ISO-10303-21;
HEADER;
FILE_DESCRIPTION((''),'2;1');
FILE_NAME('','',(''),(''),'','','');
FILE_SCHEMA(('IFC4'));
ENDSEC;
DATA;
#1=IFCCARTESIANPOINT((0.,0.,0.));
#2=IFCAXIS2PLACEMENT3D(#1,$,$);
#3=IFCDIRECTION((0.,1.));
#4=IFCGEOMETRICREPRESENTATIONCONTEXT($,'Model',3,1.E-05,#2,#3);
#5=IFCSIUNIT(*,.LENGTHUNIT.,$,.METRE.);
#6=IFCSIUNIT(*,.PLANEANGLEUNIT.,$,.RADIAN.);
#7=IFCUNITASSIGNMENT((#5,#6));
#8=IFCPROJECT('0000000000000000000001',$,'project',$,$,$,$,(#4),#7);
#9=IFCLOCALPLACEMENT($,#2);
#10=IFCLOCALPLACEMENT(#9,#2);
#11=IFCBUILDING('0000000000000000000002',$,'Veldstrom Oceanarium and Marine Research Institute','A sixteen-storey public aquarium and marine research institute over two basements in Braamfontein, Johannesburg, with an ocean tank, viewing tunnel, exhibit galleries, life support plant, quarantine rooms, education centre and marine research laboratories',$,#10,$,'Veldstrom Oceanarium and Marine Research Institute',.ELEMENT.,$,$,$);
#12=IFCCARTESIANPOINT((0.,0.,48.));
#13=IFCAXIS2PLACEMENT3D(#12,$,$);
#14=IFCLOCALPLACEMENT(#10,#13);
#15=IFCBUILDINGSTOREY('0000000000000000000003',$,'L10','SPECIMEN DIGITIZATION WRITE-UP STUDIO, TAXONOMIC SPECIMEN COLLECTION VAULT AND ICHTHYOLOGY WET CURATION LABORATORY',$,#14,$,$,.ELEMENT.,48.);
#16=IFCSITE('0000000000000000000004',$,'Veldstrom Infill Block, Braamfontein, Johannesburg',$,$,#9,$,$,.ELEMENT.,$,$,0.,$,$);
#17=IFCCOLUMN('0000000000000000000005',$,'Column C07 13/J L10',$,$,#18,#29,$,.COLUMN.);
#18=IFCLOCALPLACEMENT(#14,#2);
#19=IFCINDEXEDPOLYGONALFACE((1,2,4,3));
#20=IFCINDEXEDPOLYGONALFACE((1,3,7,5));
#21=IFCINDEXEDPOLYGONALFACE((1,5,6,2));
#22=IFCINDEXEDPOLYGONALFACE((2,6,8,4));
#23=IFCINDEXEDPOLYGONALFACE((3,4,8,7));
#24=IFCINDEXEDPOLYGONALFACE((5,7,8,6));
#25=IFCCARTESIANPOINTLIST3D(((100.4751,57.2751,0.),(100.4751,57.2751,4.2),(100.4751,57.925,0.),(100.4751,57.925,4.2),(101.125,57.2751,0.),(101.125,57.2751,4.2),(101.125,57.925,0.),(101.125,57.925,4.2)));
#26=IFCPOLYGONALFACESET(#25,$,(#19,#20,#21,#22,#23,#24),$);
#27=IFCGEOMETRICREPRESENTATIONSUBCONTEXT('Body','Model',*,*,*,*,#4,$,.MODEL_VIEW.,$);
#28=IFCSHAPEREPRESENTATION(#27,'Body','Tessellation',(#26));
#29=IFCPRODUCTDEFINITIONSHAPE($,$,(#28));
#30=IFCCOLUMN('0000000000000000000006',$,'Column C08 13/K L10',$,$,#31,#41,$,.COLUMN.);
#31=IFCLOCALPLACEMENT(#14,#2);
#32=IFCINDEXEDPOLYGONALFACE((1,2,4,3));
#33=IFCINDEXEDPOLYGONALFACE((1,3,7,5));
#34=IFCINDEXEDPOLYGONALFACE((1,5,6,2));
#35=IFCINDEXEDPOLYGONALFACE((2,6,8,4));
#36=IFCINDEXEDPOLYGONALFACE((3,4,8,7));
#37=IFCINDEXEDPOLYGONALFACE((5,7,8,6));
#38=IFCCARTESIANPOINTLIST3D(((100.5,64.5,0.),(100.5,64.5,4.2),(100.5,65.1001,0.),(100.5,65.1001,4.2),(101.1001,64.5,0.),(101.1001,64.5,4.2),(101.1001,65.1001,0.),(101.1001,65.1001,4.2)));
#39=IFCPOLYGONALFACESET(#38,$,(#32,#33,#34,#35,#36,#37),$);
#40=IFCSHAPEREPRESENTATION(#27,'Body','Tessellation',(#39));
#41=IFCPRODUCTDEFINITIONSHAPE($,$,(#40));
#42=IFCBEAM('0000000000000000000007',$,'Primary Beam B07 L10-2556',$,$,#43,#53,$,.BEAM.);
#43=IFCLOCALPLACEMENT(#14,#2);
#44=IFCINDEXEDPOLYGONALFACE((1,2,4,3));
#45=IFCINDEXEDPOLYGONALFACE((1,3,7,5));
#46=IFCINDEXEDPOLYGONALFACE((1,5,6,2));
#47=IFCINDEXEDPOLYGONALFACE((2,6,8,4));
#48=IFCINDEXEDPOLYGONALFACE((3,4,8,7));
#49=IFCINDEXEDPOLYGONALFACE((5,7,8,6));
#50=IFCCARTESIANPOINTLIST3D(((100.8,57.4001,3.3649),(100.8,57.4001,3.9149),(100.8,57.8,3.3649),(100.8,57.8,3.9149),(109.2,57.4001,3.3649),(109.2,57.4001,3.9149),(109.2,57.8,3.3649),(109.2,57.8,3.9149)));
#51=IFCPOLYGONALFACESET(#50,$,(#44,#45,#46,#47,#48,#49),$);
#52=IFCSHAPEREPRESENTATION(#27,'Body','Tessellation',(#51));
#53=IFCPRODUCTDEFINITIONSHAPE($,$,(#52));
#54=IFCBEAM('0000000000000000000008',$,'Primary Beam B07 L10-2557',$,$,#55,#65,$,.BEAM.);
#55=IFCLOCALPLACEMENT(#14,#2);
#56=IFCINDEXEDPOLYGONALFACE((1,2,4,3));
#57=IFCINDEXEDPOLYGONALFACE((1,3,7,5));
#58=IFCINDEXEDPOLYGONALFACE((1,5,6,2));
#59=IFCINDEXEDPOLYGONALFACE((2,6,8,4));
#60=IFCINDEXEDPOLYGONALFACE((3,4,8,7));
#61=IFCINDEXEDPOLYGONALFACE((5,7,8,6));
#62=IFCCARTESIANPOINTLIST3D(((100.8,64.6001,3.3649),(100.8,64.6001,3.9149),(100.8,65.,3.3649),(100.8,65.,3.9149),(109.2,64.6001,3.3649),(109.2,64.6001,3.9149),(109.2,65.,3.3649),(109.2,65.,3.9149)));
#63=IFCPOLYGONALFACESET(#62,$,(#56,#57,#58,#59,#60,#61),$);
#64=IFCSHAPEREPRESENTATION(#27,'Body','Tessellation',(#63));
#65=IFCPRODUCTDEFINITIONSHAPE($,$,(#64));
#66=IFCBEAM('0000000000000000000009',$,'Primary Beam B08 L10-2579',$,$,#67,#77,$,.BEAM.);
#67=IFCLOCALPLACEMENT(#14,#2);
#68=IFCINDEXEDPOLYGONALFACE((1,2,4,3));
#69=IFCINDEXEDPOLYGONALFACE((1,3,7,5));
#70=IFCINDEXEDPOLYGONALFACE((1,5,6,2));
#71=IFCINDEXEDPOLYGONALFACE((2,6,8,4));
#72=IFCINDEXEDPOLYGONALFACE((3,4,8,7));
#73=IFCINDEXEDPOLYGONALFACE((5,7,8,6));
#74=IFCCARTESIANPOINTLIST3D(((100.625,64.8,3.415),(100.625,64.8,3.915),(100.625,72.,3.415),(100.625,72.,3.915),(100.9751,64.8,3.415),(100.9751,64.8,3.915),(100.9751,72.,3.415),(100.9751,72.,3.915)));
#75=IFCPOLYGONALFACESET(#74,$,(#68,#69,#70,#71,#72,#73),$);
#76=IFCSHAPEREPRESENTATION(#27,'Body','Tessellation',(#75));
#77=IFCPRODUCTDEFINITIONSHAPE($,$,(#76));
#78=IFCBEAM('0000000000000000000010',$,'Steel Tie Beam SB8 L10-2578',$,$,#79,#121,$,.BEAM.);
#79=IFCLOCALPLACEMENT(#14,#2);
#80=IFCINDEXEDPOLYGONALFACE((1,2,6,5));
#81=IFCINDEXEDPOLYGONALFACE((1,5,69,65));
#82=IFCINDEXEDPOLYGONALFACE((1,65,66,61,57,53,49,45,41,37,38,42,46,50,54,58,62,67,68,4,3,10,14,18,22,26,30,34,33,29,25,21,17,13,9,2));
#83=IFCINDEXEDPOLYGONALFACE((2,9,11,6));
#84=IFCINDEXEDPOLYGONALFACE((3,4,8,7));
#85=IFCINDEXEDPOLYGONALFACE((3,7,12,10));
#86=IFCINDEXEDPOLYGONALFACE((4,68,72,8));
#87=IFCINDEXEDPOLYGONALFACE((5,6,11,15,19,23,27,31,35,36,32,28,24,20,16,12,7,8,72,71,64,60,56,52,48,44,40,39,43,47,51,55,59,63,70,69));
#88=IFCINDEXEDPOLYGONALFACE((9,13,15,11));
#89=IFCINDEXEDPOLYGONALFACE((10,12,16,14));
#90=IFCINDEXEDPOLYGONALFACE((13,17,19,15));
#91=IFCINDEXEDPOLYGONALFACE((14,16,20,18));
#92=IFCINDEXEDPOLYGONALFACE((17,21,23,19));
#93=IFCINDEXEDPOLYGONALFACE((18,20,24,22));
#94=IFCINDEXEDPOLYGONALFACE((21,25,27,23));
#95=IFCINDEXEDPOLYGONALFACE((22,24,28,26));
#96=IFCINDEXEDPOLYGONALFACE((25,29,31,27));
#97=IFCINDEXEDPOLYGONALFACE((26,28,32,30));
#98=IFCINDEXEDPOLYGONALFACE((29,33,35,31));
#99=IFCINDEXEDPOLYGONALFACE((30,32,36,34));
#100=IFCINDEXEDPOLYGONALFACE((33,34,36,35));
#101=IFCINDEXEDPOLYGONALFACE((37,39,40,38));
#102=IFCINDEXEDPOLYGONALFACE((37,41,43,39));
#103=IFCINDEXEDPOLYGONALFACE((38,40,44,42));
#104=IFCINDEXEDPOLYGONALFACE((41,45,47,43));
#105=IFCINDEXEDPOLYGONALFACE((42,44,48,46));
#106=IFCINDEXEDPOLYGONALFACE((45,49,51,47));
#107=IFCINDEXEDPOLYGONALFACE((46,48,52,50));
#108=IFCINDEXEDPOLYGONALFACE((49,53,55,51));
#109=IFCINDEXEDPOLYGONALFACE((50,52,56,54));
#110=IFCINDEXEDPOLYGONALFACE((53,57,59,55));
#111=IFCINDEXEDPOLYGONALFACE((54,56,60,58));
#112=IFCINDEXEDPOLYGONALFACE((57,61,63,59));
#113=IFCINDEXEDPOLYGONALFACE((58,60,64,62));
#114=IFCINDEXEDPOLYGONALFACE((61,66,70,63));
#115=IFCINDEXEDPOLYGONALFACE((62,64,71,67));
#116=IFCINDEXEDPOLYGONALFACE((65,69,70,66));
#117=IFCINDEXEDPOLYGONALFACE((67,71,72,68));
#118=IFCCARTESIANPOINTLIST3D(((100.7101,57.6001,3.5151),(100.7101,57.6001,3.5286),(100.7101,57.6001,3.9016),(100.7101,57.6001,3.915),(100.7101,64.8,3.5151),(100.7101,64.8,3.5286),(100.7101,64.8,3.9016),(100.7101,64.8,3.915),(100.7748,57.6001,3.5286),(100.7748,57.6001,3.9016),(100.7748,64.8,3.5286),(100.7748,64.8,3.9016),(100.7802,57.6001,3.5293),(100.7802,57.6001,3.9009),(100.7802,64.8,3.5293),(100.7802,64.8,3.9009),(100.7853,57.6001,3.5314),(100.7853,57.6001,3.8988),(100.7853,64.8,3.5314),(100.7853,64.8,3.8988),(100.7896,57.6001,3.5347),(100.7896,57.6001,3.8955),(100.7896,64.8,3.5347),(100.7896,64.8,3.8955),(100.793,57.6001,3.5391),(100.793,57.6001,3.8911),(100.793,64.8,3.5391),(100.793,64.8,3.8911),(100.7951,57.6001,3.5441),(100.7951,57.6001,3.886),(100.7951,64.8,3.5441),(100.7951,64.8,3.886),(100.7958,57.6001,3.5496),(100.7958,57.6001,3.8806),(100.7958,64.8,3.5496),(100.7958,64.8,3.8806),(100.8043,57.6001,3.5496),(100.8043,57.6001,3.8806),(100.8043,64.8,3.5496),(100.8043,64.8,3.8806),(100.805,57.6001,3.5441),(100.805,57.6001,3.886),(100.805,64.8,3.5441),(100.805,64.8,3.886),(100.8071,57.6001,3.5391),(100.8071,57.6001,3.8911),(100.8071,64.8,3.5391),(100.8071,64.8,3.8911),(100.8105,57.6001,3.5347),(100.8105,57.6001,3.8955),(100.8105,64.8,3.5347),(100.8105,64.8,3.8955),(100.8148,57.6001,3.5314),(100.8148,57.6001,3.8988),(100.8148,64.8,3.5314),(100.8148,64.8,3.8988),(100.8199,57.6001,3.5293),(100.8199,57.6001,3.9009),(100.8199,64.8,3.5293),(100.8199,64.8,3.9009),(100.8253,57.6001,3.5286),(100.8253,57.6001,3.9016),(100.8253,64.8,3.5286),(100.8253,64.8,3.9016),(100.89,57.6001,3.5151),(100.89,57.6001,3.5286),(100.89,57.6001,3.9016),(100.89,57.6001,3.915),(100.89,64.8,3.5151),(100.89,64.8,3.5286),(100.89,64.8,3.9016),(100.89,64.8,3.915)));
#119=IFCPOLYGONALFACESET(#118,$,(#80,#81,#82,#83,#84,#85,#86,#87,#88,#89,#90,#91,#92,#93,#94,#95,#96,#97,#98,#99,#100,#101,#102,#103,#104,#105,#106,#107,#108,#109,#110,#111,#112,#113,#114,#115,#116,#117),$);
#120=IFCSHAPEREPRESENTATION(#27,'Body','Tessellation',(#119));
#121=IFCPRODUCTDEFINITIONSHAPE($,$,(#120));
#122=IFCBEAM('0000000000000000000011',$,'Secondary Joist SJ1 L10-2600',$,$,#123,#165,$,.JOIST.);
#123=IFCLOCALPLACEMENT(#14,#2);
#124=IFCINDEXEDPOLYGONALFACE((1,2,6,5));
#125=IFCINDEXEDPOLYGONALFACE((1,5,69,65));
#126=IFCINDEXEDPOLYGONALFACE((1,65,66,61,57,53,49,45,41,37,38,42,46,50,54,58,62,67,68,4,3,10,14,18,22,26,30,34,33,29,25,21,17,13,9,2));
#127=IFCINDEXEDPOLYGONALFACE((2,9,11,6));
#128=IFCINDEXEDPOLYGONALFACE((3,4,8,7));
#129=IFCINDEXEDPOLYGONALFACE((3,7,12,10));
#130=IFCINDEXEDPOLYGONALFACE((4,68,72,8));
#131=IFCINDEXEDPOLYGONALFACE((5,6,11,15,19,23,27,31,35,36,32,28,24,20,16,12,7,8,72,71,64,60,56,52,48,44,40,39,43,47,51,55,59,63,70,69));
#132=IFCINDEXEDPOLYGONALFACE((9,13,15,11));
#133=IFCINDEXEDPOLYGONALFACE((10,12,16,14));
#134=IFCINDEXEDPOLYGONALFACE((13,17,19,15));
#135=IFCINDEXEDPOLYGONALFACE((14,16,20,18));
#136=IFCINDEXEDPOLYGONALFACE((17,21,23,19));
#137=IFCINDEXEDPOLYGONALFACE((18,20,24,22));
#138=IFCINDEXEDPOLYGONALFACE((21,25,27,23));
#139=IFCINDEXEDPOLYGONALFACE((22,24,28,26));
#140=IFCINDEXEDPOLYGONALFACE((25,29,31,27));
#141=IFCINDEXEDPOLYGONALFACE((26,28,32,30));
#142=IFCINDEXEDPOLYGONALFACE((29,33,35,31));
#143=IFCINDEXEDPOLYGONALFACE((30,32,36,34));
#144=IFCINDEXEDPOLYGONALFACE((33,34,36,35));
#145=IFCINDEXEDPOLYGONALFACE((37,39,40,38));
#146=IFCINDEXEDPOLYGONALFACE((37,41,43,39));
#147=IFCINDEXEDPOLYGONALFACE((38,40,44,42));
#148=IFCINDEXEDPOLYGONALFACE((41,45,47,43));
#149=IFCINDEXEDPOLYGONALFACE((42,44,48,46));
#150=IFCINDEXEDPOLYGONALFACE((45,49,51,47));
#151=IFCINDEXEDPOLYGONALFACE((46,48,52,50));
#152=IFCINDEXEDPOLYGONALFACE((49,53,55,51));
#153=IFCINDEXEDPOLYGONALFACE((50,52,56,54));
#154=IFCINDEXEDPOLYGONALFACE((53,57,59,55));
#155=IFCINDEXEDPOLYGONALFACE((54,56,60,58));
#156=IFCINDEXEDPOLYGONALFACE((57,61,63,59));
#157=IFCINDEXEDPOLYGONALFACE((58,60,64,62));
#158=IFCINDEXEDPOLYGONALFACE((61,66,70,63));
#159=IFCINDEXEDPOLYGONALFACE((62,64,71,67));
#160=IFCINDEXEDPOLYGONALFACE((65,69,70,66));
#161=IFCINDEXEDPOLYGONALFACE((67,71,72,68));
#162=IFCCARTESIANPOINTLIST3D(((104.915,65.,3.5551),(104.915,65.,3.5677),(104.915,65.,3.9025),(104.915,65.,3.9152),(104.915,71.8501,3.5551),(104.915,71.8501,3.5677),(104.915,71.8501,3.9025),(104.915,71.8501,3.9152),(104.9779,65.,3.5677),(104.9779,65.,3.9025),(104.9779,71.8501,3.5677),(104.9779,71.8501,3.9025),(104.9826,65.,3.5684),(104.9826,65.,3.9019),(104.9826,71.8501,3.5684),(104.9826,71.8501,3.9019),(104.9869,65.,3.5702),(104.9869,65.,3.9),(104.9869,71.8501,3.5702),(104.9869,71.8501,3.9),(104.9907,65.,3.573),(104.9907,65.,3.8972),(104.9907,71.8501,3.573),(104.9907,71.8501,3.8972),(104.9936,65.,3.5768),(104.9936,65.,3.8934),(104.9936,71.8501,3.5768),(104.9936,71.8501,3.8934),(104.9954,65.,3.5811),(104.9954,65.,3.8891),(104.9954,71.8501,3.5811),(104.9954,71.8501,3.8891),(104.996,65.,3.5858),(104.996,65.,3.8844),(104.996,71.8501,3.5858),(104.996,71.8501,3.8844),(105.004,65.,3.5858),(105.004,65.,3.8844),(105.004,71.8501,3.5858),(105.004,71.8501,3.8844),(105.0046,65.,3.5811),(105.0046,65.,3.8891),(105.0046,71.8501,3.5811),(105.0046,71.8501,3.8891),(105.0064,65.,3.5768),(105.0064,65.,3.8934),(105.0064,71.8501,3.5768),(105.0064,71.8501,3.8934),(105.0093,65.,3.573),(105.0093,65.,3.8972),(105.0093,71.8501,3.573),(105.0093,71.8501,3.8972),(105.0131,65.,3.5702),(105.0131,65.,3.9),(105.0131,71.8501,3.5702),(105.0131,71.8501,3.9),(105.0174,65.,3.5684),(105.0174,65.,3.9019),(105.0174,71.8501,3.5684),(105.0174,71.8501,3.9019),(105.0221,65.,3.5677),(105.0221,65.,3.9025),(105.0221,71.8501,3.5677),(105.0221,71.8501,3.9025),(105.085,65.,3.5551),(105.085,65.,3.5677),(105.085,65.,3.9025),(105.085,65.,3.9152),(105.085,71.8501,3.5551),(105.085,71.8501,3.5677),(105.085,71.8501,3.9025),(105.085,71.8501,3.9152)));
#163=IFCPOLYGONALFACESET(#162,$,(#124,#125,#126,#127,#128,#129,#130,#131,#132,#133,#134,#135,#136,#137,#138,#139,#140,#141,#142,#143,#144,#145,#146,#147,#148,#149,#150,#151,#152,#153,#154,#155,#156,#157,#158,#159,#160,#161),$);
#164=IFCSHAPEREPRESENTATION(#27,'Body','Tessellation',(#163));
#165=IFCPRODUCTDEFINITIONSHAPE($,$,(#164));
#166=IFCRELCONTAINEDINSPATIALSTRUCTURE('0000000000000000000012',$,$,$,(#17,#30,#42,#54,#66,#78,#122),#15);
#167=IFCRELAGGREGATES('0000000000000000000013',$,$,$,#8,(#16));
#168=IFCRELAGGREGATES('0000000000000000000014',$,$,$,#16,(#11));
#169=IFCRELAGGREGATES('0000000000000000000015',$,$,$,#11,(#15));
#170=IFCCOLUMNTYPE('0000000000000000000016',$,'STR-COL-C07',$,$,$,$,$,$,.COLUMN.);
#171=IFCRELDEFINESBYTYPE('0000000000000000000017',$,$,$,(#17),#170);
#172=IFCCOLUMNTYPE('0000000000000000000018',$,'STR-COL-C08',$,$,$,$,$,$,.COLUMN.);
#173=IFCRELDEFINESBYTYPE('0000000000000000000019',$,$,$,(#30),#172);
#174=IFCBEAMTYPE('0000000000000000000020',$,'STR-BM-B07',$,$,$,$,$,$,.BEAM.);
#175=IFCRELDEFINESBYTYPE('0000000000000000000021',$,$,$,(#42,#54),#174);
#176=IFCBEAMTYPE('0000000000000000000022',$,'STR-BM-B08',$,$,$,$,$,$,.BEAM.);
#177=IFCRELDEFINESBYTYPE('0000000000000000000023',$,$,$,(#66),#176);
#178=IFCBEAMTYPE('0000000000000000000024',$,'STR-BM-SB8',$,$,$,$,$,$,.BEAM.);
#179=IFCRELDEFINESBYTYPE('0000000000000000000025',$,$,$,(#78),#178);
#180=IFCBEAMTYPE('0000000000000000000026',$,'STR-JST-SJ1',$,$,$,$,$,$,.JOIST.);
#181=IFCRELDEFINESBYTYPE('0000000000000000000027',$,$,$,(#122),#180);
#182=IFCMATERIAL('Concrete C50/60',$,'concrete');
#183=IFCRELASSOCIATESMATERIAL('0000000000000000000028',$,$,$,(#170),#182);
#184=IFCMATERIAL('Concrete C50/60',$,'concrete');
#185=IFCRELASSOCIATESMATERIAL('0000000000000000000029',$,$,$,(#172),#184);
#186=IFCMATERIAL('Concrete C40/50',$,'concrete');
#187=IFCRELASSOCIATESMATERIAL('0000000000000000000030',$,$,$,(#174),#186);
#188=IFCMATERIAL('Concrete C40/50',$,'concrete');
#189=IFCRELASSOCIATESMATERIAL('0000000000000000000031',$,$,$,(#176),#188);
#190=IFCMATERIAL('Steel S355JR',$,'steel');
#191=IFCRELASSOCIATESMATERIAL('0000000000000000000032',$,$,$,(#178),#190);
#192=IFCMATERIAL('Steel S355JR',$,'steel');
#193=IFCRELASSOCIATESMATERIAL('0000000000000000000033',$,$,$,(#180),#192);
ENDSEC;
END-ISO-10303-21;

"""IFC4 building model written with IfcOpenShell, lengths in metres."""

from ifc_helpers import new_model, si_unit, direction, frame, origin, origin_2d, place, context, subcontext, project, spatial, rectangle, i_section, extrude, material, material_profile, profile_set, type_object, element, save


model = new_model("IFC4")

# Units and contexts
model_context = context("Model", 3, precision=1e-05, world=origin(), true_north=direction((0.0, 1.0)))
body_context = subcontext(model_context, "Body", "Model", "MODEL_VIEW")
ifc_project = project(units=[si_unit("LENGTHUNIT", "METRE"), si_unit("PLANEANGLEUNIT", "RADIAN")], contexts=[model_context])

# Site, building, storey
site_placement = place(None, origin())
site = spatial("IfcSite", under=ifc_project, at=site_placement, Name="Veldstrom Infill Block, Braamfontein, Johannesburg", CompositionType="ELEMENT", RefElevation=0.0)
building_placement = place(site_placement, origin())
building = spatial("IfcBuilding", under=site, at=building_placement, Name="Veldstrom Oceanarium and Marine Research Institute", Description="A sixteen-storey public aquarium and marine research institute over two basements in Braamfontein, Johannesburg, with an ocean tank, viewing tunnel, exhibit galleries, life support plant, quarantine rooms, education centre and marine research laboratories", LongName="Veldstrom Oceanarium and Marine Research Institute", CompositionType="ELEMENT")
storey_placement = place(building_placement, frame((0.0, 0.0, 48.0)))
storey = spatial("IfcBuildingStorey", under=building, at=storey_placement, Name="L10", Description="SPECIMEN DIGITIZATION WRITE-UP STUDIO, TAXONOMIC SPECIMEN COLLECTION VAULT AND ICHTHYOLOGY WET CURATION LABORATORY", CompositionType="ELEMENT", Elevation=48.0)

# Columns
ifc_material_1 = material(Name="Concrete C50/60", Category="concrete")
ifc_material_profile_1 = material_profile(ifc_material_1, rectangle(XDim=0.6499, YDim=0.6499, at=origin_2d()), Name="RC-COL-650x650")
ifc_profile_set_1 = profile_set([ifc_material_profile_1], Name="Concrete C50/60")
column_type_1 = type_object("IfcColumnType", Name="STR-COL-C07", PredefinedType="COLUMN", material=ifc_profile_set_1)
column_1_placement = place(storey_placement, frame((100.8, 57.6001, 0.0), z_axis=(0.0, 0.0, 1.0), x_axis=(1.0, 0.0, 0.0)))
element("IfcColumn", 1, at=column_1_placement, inside=storey, type_object=column_type_1, Name="Column C07 13/J L10", PredefinedType="COLUMN", context=body_context, shape_type="SweptSolid", body=[
    extrude(rectangle(XDim=0.6499, YDim=0.6499, at=origin_2d()), origin(), (0.0, 0.0, 1.0), 4.2),
])
ifc_material_2 = material(Name="Concrete C50/60", Category="concrete")
ifc_material_profile_2 = material_profile(ifc_material_2, rectangle(XDim=0.6001, YDim=0.6001, at=origin_2d()), Name="RC-COL-600x600")
ifc_profile_set_2 = profile_set([ifc_material_profile_2], Name="Concrete C50/60")
column_type_2 = type_object("IfcColumnType", Name="STR-COL-C08", PredefinedType="COLUMN", material=ifc_profile_set_2)
column_2_placement = place(storey_placement, frame((100.8, 64.8, 0.0), z_axis=(0.0, 0.0, 1.0), x_axis=(1.0, 0.0, 0.0)))
element("IfcColumn", 2, at=column_2_placement, inside=storey, type_object=column_type_2, Name="Column C08 13/K L10", PredefinedType="COLUMN", context=body_context, shape_type="SweptSolid", body=[
    extrude(rectangle(XDim=0.6001, YDim=0.6001, at=origin_2d()), origin(), (0.0, 0.0, 1.0), 4.2),
])

# Beams
ifc_material_3 = material(Name="Concrete C40/50", Category="concrete")
ifc_material_profile_3 = material_profile(ifc_material_3, rectangle(XDim=0.3999, YDim=0.55, at=origin_2d()), Name="RC-BM-400x550")
ifc_profile_set_3 = profile_set([ifc_material_profile_3], Name="Concrete C40/50")
beam_type_1 = type_object("IfcBeamType", Name="STR-BM-B07", PredefinedType="BEAM", material=ifc_profile_set_3)
for number, where, z_axis, x_axis, name in (
    (3, (100.8, 57.6001, 3.6399), (1.0, 0.0, 0.0), (0.0, 1.0, 0.0), "Primary Beam B07 L10-2556"),
    (4, (100.8, 64.8, 3.6399), (1.0, 0.0, 0.0), (0.0, 1.0, 0.0), "Primary Beam B07 L10-2557"),
):
    element("IfcBeam", number, at=place(storey_placement, frame(where, z_axis=z_axis, x_axis=x_axis)), inside=storey, type_object=beam_type_1, Name=name, PredefinedType="BEAM", context=body_context, shape_type="SweptSolid", body=[
        extrude(rectangle(XDim=0.3999, YDim=0.55, at=origin_2d()), origin(), (0.0, 0.0, 1.0), 8.3999),
    ])
ifc_material_4 = material(Name="Concrete C40/50", Category="concrete")
ifc_material_profile_4 = material_profile(ifc_material_4, rectangle(XDim=0.3501, YDim=0.5, at=origin_2d()), Name="RC-BM-350x500")
ifc_profile_set_4 = profile_set([ifc_material_profile_4], Name="Concrete C40/50")
beam_type_2 = type_object("IfcBeamType", Name="STR-BM-B08", PredefinedType="BEAM", material=ifc_profile_set_4)
beam_1_placement = place(storey_placement, frame((100.8, 64.8, 3.665), z_axis=(0.0, 1.0, 0.0), x_axis=(-1.0, 0.0, 0.0)))
element("IfcBeam", 5, at=beam_1_placement, inside=storey, type_object=beam_type_2, Name="Primary Beam B08 L10-2579", PredefinedType="BEAM", context=body_context, shape_type="SweptSolid", body=[
    extrude(rectangle(XDim=0.3501, YDim=0.5, at=origin_2d()), origin(), (0.0, 0.0, 1.0), 7.2),
])
ifc_material_5 = material(Name="Steel S355JR", Category="steel")
ifc_material_profile_5 = material_profile(ifc_material_5, i_section(OverallWidth=0.1799, OverallDepth=0.3999, WebThickness=0.0085, FlangeThickness=0.0134, FilletRadius=0.021, at=origin_2d()), Name="IPE 400")
ifc_profile_set_5 = profile_set([ifc_material_profile_5], Name="Steel S355JR")
beam_type_3 = type_object("IfcBeamType", Name="STR-BM-SB8", PredefinedType="BEAM", material=ifc_profile_set_5)
beam_2_placement = place(storey_placement, frame((100.8, 57.6001, 3.7151), z_axis=(0.0, 1.0, 0.0), x_axis=(-1.0, 0.0, 0.0)))
element("IfcBeam", 6, at=beam_2_placement, inside=storey, type_object=beam_type_3, Name="Steel Tie Beam SB8 L10-2578", PredefinedType="BEAM", context=body_context, shape_type="SweptSolid", body=[
    extrude(i_section(OverallWidth=0.1799, OverallDepth=0.3999, WebThickness=0.0085, FlangeThickness=0.0134, FilletRadius=0.021, at=origin_2d()), origin(), (0.0, 0.0, 1.0), 7.2),
])
ifc_material_6 = material(Name="Steel S355JR", Category="steel")
ifc_material_profile_6 = material_profile(ifc_material_6, i_section(OverallWidth=0.1699, OverallDepth=0.3601, WebThickness=0.0081, FlangeThickness=0.0127, FilletRadius=0.0181, at=origin_2d()), Name="IPE 360")
ifc_profile_set_6 = profile_set([ifc_material_profile_6], Name="Steel S355JR")
beam_type_4 = type_object("IfcBeamType", Name="STR-JST-SJ1", PredefinedType="JOIST", material=ifc_profile_set_6)
beam_3_placement = place(storey_placement, frame((105.0, 65.0, 3.7351), z_axis=(0.0, 1.0, 0.0), x_axis=(-1.0, 0.0, 0.0)))
element("IfcBeam", 7, at=beam_3_placement, inside=storey, type_object=beam_type_4, Name="Secondary Joist SJ1 L10-2600", PredefinedType="JOIST", context=body_context, shape_type="SweptSolid", body=[
    extrude(i_section(OverallWidth=0.1699, OverallDepth=0.3601, WebThickness=0.0081, FlangeThickness=0.0127, FilletRadius=0.0181, at=origin_2d()), origin(), (0.0, 0.0, 1.0), 6.8501),
])

save(model, "model.ifc")
